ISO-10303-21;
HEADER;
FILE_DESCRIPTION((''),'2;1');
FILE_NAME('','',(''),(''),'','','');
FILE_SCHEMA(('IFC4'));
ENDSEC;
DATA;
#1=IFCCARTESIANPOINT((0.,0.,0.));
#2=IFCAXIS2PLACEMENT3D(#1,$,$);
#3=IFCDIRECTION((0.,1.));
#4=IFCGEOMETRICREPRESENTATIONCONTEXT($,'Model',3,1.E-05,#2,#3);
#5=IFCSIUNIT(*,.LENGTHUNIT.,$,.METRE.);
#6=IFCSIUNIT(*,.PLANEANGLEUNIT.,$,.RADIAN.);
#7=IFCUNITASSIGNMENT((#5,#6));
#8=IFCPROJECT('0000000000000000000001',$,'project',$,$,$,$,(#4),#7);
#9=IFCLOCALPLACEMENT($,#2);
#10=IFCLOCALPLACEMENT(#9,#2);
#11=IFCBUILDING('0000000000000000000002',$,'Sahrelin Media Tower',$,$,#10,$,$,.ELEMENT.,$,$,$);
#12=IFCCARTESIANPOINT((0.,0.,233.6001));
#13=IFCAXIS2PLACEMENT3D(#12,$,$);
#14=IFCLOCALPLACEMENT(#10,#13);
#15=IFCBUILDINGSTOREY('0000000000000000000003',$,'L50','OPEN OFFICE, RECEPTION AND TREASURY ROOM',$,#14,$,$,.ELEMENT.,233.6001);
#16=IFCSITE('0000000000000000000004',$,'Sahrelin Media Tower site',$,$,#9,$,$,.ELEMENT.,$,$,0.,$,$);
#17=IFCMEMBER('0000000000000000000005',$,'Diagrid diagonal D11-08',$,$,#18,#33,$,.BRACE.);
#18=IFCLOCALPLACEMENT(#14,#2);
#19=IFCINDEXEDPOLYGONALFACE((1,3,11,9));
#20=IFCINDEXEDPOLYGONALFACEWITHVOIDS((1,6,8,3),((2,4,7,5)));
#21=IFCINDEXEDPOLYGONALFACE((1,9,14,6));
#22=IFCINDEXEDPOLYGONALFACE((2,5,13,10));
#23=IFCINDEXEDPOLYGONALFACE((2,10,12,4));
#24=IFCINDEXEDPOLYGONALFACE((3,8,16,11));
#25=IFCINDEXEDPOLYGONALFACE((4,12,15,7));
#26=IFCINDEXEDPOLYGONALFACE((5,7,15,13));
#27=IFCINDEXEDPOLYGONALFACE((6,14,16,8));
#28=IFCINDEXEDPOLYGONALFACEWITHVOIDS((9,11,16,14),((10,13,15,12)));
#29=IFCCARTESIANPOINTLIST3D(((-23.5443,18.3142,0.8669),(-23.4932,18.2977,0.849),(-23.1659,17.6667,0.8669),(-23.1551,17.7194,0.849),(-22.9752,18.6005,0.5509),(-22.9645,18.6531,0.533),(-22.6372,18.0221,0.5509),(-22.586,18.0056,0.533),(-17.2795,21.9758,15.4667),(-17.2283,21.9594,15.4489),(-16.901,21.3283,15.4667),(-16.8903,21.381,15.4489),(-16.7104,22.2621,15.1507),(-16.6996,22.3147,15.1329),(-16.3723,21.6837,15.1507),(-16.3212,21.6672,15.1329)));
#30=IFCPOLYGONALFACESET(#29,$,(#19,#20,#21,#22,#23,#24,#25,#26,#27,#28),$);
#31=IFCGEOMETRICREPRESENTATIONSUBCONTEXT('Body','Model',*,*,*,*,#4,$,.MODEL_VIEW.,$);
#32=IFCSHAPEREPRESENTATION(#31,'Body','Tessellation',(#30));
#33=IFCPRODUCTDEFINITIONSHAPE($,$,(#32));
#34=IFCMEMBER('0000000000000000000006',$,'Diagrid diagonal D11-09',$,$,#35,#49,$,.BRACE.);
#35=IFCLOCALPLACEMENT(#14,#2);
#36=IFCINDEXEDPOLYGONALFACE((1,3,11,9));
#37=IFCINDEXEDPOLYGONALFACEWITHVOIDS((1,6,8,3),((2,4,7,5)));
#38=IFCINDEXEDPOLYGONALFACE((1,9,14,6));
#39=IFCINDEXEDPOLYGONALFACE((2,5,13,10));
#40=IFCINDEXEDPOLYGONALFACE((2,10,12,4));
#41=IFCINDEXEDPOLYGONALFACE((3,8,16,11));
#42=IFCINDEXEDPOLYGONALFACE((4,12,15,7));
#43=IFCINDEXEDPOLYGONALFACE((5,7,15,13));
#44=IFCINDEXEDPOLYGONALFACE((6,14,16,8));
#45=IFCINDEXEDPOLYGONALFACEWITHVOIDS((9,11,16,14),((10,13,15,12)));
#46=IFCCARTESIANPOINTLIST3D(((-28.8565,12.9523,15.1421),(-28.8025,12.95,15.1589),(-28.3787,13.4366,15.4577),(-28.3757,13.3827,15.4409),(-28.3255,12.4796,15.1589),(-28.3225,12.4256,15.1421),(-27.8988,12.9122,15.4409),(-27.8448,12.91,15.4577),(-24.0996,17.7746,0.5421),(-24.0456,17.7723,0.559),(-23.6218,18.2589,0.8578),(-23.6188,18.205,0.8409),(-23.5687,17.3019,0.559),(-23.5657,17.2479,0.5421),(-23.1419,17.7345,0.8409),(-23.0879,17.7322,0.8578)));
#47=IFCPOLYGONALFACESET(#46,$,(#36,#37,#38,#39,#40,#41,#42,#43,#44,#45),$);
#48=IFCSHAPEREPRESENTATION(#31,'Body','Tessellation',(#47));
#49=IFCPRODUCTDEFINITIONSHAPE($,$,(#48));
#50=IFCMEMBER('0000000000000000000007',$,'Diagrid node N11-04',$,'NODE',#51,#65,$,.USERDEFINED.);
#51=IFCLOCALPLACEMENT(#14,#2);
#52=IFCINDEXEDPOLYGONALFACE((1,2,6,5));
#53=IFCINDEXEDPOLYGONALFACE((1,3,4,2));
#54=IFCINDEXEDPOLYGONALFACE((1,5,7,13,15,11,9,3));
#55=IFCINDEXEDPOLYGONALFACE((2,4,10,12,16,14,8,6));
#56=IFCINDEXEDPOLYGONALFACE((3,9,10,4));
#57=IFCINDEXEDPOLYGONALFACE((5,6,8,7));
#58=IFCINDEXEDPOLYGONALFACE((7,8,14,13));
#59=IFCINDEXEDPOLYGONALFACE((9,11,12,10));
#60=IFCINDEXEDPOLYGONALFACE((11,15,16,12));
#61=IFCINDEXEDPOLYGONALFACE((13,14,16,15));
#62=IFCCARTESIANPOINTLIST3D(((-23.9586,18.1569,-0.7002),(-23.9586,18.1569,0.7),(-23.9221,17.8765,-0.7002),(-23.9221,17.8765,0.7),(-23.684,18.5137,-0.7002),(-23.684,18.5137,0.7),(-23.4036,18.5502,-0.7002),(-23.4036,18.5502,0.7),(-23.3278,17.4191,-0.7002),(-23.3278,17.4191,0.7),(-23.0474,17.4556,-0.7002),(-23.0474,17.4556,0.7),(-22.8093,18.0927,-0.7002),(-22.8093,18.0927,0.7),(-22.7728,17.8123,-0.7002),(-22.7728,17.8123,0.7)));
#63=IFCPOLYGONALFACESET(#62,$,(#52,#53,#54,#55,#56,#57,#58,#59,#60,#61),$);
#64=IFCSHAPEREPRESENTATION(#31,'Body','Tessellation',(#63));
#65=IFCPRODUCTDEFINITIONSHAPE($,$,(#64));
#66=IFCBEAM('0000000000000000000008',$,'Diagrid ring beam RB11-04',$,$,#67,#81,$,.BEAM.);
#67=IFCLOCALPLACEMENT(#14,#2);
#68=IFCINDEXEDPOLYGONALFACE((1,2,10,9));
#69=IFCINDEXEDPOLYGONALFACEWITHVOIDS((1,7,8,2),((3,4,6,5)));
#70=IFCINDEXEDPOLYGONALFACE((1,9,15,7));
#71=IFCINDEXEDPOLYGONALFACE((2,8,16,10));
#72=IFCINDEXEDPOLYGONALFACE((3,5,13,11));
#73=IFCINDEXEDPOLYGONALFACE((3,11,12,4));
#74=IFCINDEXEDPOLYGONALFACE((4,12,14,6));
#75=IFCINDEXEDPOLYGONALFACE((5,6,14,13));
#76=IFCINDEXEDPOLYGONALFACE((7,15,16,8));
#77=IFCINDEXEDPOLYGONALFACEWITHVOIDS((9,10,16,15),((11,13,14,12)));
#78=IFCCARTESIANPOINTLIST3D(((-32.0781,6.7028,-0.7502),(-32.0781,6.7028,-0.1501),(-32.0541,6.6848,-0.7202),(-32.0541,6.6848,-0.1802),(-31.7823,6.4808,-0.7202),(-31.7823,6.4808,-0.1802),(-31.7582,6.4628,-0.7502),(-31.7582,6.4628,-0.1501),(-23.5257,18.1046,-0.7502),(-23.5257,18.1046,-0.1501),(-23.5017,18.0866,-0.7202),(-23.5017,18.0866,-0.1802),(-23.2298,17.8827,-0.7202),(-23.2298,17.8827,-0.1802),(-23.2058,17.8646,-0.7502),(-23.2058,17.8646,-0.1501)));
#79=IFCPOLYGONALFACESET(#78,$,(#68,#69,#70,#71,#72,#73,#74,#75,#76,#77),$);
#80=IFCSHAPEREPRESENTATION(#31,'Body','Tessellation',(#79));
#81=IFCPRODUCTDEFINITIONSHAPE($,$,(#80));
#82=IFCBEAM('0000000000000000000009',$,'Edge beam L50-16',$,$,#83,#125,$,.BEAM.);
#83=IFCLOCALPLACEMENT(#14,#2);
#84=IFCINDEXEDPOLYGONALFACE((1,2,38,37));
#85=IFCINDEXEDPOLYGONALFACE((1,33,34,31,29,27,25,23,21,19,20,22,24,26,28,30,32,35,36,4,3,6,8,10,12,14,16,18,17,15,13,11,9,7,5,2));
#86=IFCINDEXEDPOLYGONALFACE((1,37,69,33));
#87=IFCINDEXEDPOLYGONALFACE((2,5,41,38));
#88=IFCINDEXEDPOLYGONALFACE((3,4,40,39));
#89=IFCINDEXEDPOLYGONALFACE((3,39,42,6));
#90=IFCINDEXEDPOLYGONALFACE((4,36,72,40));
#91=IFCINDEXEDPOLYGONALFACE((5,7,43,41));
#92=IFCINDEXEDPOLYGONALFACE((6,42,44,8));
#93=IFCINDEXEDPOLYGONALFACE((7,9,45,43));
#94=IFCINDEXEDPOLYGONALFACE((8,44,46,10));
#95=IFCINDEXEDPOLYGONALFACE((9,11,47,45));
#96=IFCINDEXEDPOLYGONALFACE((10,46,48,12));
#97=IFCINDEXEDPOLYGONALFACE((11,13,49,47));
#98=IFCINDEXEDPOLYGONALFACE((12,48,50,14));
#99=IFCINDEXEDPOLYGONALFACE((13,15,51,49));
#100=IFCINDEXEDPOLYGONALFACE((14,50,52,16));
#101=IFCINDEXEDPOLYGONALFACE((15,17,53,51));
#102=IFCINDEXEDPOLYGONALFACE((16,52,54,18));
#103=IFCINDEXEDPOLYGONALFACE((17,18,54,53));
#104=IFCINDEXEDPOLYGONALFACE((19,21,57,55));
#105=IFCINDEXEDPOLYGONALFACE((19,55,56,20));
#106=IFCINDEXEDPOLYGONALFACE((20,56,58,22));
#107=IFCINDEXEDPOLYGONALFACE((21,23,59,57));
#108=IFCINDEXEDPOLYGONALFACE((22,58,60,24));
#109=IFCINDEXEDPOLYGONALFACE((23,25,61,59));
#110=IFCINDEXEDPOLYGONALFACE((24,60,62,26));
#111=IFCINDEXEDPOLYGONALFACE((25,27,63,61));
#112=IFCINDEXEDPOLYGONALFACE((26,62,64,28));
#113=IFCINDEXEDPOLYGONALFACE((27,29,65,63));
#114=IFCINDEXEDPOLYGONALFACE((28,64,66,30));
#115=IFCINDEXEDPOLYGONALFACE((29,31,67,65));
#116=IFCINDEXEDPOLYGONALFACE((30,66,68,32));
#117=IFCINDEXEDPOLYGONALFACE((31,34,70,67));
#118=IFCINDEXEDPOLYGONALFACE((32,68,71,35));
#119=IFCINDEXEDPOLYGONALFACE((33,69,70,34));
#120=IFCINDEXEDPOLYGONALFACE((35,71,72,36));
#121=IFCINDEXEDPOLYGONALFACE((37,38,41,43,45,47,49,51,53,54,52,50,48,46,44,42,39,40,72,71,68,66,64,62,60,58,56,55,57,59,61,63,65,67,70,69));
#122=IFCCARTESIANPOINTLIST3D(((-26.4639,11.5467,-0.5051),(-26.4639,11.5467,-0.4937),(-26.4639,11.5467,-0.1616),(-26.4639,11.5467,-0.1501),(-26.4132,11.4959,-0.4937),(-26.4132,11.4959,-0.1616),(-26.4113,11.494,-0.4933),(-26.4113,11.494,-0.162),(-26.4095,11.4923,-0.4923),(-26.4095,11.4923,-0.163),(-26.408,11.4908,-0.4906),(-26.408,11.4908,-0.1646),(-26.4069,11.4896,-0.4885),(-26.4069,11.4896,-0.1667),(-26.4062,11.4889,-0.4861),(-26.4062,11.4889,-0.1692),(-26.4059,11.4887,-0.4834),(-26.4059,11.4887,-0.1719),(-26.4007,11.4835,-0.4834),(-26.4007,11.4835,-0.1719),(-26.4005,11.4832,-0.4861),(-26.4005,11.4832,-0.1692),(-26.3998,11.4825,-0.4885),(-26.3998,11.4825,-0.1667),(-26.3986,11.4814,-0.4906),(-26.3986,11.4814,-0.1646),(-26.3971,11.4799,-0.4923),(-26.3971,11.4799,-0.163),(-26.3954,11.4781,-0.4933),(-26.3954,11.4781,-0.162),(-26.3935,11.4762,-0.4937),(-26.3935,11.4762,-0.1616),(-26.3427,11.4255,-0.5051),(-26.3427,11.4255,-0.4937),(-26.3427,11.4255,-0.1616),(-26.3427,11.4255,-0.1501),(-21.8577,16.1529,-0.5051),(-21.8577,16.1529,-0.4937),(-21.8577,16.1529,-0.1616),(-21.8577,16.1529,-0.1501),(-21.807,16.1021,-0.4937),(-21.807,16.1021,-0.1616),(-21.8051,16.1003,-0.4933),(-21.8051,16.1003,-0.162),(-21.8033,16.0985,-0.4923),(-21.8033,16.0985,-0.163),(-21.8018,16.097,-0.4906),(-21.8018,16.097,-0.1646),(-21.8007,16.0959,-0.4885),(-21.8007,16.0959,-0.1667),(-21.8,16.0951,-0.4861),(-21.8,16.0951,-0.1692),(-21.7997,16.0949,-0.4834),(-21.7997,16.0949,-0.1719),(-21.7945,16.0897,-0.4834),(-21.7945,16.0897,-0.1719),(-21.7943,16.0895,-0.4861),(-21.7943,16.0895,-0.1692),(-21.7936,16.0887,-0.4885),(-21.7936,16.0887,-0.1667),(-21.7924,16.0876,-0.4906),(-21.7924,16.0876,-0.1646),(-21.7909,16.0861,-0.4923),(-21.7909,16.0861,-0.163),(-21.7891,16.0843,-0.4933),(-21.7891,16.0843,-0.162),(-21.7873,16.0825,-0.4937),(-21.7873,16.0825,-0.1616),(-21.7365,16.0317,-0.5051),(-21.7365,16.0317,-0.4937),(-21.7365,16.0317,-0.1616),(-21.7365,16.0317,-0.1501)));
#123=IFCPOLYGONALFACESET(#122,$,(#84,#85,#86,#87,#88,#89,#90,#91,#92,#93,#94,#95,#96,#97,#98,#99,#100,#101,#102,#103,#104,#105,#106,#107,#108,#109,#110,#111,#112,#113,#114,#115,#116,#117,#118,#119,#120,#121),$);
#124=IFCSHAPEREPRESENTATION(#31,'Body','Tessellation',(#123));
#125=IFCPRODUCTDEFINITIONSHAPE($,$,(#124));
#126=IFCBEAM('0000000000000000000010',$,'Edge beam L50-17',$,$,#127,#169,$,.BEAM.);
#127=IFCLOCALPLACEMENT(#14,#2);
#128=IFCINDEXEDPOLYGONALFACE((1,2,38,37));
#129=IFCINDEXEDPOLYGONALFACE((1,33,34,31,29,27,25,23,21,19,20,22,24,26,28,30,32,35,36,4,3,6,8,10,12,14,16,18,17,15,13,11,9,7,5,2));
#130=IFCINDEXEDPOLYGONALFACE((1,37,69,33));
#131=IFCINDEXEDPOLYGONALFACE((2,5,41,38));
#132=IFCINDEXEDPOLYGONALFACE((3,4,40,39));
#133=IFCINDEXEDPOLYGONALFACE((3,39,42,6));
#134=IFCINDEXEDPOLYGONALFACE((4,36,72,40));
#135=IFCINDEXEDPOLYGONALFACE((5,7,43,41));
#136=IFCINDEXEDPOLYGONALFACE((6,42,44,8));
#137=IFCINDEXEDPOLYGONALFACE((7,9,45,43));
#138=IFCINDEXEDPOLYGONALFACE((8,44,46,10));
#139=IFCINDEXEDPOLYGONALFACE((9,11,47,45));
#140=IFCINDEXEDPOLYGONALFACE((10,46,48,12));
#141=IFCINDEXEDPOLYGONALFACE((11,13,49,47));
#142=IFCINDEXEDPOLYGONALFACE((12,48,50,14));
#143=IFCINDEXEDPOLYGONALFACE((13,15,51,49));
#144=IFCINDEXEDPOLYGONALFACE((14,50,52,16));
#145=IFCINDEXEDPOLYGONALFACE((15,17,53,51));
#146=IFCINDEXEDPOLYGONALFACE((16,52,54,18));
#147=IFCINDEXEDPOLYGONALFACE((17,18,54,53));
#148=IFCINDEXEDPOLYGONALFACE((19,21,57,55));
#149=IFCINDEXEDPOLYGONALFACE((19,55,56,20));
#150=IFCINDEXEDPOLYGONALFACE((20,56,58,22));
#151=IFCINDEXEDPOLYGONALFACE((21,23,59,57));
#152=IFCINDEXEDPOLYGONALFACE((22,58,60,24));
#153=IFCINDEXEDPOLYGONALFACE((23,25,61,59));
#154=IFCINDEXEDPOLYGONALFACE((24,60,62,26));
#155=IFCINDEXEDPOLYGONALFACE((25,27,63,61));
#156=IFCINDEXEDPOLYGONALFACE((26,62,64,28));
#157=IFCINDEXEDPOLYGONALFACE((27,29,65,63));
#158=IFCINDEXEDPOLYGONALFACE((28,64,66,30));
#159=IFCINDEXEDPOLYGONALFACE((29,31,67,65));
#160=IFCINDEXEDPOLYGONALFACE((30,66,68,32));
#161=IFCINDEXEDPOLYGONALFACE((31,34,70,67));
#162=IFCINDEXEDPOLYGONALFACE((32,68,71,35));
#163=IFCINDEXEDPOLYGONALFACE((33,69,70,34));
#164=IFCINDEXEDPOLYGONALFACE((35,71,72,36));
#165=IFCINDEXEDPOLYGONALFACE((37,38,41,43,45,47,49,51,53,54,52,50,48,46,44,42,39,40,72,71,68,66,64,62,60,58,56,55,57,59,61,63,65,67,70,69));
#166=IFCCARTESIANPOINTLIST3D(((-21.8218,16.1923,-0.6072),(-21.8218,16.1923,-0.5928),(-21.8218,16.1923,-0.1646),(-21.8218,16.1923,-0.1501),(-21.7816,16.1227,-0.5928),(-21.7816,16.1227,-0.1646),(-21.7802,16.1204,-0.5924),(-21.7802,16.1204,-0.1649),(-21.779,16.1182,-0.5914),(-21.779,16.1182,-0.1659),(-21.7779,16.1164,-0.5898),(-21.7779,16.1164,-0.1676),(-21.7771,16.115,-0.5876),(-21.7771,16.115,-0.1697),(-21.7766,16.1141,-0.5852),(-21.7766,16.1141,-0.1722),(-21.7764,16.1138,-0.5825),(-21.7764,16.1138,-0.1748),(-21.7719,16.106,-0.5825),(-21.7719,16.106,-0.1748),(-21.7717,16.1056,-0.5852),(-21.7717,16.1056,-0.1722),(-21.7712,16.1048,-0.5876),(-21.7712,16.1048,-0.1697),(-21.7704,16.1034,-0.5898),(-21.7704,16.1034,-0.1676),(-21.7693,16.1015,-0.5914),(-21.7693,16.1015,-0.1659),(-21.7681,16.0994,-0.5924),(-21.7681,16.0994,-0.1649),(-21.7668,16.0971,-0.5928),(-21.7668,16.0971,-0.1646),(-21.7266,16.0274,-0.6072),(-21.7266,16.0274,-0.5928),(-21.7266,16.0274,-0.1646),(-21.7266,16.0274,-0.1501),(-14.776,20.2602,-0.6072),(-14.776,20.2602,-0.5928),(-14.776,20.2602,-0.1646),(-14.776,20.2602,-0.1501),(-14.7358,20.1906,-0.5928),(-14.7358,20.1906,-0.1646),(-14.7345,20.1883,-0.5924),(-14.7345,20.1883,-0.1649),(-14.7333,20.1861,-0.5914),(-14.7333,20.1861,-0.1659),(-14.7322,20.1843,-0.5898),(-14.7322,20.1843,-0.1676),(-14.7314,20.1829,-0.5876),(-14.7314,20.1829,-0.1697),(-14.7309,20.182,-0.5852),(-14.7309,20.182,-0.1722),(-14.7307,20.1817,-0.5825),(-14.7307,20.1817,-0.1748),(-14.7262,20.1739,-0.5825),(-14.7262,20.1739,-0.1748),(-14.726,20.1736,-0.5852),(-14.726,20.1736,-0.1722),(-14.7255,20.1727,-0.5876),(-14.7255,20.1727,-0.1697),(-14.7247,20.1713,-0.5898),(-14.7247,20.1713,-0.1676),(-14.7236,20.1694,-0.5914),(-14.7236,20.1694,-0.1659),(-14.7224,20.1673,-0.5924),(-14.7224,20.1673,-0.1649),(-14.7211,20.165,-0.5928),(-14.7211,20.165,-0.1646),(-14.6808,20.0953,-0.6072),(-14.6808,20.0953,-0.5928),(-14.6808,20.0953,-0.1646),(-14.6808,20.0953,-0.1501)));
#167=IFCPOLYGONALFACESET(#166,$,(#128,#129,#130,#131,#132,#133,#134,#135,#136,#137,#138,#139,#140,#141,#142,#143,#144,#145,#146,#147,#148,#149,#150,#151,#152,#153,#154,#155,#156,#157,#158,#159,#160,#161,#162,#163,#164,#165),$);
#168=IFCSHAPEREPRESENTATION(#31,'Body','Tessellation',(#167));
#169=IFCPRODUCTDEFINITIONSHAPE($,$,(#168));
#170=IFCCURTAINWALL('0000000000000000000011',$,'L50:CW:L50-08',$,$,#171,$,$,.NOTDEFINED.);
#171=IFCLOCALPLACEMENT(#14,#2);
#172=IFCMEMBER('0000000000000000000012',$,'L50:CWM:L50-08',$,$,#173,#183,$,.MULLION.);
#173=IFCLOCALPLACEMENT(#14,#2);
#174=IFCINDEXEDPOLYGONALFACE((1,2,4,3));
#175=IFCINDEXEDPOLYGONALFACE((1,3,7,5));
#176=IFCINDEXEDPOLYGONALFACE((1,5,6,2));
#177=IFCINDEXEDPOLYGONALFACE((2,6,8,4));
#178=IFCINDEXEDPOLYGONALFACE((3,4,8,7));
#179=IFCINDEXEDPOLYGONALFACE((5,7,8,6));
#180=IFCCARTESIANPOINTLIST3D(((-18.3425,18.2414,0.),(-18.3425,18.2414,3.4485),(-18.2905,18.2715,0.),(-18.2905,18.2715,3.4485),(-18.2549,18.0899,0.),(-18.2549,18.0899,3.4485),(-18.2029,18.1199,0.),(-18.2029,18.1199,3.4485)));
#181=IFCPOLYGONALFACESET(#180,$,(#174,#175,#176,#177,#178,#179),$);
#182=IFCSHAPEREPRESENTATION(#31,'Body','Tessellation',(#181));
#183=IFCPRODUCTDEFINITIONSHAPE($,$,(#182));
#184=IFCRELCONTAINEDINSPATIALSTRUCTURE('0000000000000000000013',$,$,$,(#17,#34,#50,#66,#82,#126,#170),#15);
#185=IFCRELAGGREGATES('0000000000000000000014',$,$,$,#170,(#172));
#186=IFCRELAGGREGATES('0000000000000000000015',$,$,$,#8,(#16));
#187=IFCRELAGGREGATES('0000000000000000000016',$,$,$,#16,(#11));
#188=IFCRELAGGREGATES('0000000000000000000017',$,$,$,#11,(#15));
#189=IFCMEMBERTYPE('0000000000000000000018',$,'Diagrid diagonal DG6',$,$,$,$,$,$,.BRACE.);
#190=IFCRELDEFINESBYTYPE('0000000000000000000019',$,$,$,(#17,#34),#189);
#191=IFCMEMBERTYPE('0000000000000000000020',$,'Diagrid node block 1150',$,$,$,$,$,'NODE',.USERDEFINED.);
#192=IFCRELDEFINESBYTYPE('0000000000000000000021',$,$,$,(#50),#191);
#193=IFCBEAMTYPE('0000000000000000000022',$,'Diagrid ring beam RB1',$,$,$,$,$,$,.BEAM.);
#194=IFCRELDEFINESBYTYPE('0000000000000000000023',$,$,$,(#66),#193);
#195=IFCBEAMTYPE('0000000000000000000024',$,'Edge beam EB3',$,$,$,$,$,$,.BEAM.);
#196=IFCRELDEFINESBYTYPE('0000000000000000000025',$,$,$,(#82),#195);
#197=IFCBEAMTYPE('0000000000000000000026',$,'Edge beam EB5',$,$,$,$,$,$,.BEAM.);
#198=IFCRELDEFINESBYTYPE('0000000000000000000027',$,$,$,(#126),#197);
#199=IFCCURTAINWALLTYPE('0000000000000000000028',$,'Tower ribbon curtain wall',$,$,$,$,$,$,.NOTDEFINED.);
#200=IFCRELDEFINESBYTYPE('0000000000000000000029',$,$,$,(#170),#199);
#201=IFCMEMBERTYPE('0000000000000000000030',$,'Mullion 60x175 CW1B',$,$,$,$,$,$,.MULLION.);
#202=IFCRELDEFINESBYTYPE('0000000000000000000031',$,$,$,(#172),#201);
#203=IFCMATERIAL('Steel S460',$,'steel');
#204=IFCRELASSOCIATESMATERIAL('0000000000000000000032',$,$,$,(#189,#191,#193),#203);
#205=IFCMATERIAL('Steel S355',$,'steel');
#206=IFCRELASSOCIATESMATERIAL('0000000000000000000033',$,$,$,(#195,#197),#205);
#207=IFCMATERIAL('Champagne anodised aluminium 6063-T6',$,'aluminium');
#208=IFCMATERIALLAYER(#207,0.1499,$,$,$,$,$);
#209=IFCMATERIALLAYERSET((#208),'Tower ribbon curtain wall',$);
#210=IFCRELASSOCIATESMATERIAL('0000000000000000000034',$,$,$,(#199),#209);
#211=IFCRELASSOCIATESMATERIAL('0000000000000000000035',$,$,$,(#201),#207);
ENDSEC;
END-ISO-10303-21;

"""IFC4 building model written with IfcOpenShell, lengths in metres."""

from ifc_helpers import new_model, si_unit, direction, frame, origin, origin_2d, place, context, subcontext, project, spatial, polyline, rectangle, hollow_rectangle, i_section, outline, extrude, material, layer, layer_set, material_profile, profile_set, type_object, element, aggregate, save


model = new_model("IFC4")

# Units and contexts
model_context = context("Model", 3, precision=1e-05, world=origin(), true_north=direction((0.0, 1.0)))
body_context = subcontext(model_context, "Body", "Model", "MODEL_VIEW")
ifc_project = project(units=[si_unit("LENGTHUNIT", "METRE"), si_unit("PLANEANGLEUNIT", "RADIAN")], contexts=[model_context])

# Site, building, storey
site_placement = place(None, origin())
site = spatial("IfcSite", under=ifc_project, at=site_placement, Name="Sahrelin Media Tower site", CompositionType="ELEMENT", RefElevation=0.0)
building_placement = place(site_placement, origin())
building = spatial("IfcBuilding", under=site, at=building_placement, Name="Sahrelin Media Tower", CompositionType="ELEMENT")
storey_placement = place(building_placement, frame((0.0, 0.0, 233.6001)))
storey = spatial("IfcBuildingStorey", under=building, at=storey_placement, Name="L50", Description="OPEN OFFICE, RECEPTION AND TREASURY ROOM", CompositionType="ELEMENT", Elevation=233.6001)

# Members
ifc_material_1 = material(Name="Steel S460", Category="steel")
ifc_material_profile_1 = material_profile(ifc_material_1, hollow_rectangle(XDim=0.75, YDim=0.75, WallThickness=0.04, at=origin_2d()), Name="Diagrid diagonal DG6")
ifc_profile_set_1 = profile_set([ifc_material_profile_1], Name="Steel S460")
member_type_1 = type_object("IfcMemberType", Name="Diagrid diagonal DG6", PredefinedType="BRACE", material=ifc_profile_set_1)
member_1_placement = place(storey_placement, frame((-23.0652, 18.1599, 0.7), z_axis=(0.384261, 0.224588, 0.895491), x_axis=(-0.504601, 0.863353, 0.0)))
element("IfcMember", 1, at=member_1_placement, inside=storey, type_object=member_type_1, Name="Diagrid diagonal D11-08", PredefinedType="BRACE", context=body_context, shape_type="SweptSolid", body=[
    extrude(hollow_rectangle(XDim=0.75, YDim=0.75, WallThickness=0.04, at=origin_2d()), origin(), (0.0, 0.0, 1.0), 16.3037),
])
member_2_placement = place(storey_placement, frame((-23.5938, 17.7534, 0.7), z_axis=(-0.295554, -0.299619, 0.907125), x_axis=(0.71192, -0.702261, 0.0)))
element("IfcMember", 2, at=member_2_placement, inside=storey, type_object=member_type_1, Name="Diagrid diagonal D11-09", PredefinedType="BRACE", context=body_context, shape_type="SweptSolid", body=[
    extrude(hollow_rectangle(XDim=0.75, YDim=0.75, WallThickness=0.04, at=origin_2d()), origin(), (0.0, 0.0, 1.0), 16.0947),
])
ifc_material_profile_2 = material_profile(ifc_material_1, outline(polyline([(0.375, -0.425), (0.575, -0.2251), (0.575, 0.2251), (0.375, 0.425), (-0.375, 0.425), (-0.575, 0.2251), (-0.575, -0.2251), (-0.375, -0.425), (0.375, -0.425)])), Name="Diagrid node block 1150")
ifc_profile_set_2 = profile_set([ifc_material_profile_2], Name="Steel S460")
member_type_2 = type_object("IfcMemberType", Name="Diagrid node block 1150", ElementType="NODE", PredefinedType="USERDEFINED", material=ifc_profile_set_2)
member_3_placement = place(storey_placement, frame((-23.3657, 17.9846, -0.7002), z_axis=(0.0, 0.0, 1.0), x_axis=(-0.792445, 0.609943, 0.0)))
element("IfcMember", 3, at=member_3_placement, inside=storey, type_object=member_type_2, Name="Diagrid node N11-04", ObjectType="NODE", PredefinedType="USERDEFINED", context=body_context, shape_type="SweptSolid", body=[
    extrude(outline(polyline([(0.375, -0.425), (0.575, -0.2251), (0.575, 0.2251), (0.375, 0.425), (-0.375, 0.425), (-0.575, 0.2251), (-0.575, -0.2251), (-0.375, -0.425), (0.375, -0.425)])), origin(), (0.0, 0.0, 1.0), 1.4001),
])

# Beams
ifc_material_profile_3 = material_profile(ifc_material_1, hollow_rectangle(XDim=0.3999, YDim=0.6001, WallThickness=0.03, at=origin_2d()), Name="Diagrid ring beam RB1")
ifc_profile_set_3 = profile_set([ifc_material_profile_3], Name="Steel S460")
beam_type_1 = type_object("IfcBeamType", Name="Diagrid ring beam RB1", PredefinedType="BEAM", material=ifc_profile_set_3)
beam_1_placement = place(storey_placement, frame((-23.3657, 17.9846, -0.4502), z_axis=(-0.600049, -0.799963, 0.0), x_axis=(0.799963, -0.600049, 0.0)))
element("IfcBeam", 4, at=beam_1_placement, inside=storey, type_object=beam_type_1, Name="Diagrid ring beam RB11-04", PredefinedType="BEAM", context=body_context, shape_type="SweptSolid", body=[
    extrude(hollow_rectangle(XDim=0.3999, YDim=0.6001, WallThickness=0.03, at=origin_2d()), origin(), (0.0, 0.0, 1.0), 14.2529),
])
ifc_material_2 = material(Name="Steel S355", Category="steel")
ifc_material_profile_4 = material_profile(ifc_material_2, i_section(OverallWidth=0.1714, OverallDepth=0.355, WebThickness=0.0073, FlangeThickness=0.0115, FilletRadius=0.0103, at=origin_2d()), Name="UB 356x171x51")
ifc_profile_set_4 = profile_set([ifc_material_profile_4], Name="Steel S355")
beam_type_2 = type_object("IfcBeamType", Name="Edge beam EB3", PredefinedType="BEAM", material=ifc_profile_set_4)
beam_2_placement = place(storey_placement, frame((-26.4033, 11.4861, -0.3276), z_axis=(0.707107, 0.707107, 0.0), x_axis=(-0.707107, 0.707107, 0.0)))
element("IfcBeam", 5, at=beam_2_placement, inside=storey, type_object=beam_type_2, Name="Edge beam L50-16", PredefinedType="BEAM", context=body_context, shape_type="SweptSolid", body=[
    extrude(i_section(OverallWidth=0.1714, OverallDepth=0.355, WebThickness=0.0073, FlangeThickness=0.0115, FilletRadius=0.0103, at=origin_2d()), origin(), (0.0, 0.0, 1.0), 6.5142),
])
ifc_material_profile_5 = material_profile(ifc_material_2, i_section(OverallWidth=0.1904, OverallDepth=0.457, WebThickness=0.009, FlangeThickness=0.0144, FilletRadius=0.0103, at=origin_2d()), Name="UB 457x191x74")
ifc_profile_set_5 = profile_set([ifc_material_profile_5], Name="Steel S355")
beam_type_3 = type_object("IfcBeamType", Name="Edge beam EB5", PredefinedType="BEAM", material=ifc_profile_set_5)
beam_3_placement = place(storey_placement, frame((-21.7742, 16.1099, -0.3787), z_axis=(0.866022, 0.500006, 0.0), x_axis=(-0.500006, 0.866022, 0.0)))
element("IfcBeam", 6, at=beam_3_placement, inside=storey, type_object=beam_type_3, Name="Edge beam L50-17", PredefinedType="BEAM", context=body_context, shape_type="SweptSolid", body=[
    extrude(i_section(OverallWidth=0.1904, OverallDepth=0.457, WebThickness=0.009, FlangeThickness=0.0144, FilletRadius=0.0103, at=origin_2d()), origin(), (0.0, 0.0, 1.0), 8.1357),
])

# Curtain wall, member
ifc_material_3 = material(Name="Champagne anodised aluminium 6063-T6", Category="aluminium")
ifc_layer_1 = layer(ifc_material_3, 0.1499)
ifc_layer_set_1 = layer_set([ifc_layer_1], Name="Tower ribbon curtain wall")
curtain_wall_type = type_object("IfcCurtainWallType", Name="Tower ribbon curtain wall", PredefinedType="NOTDEFINED", material=ifc_layer_set_1)
curtain_wall_1_placement = place(storey_placement, frame((-18.3264, 18.2737, 0.0), z_axis=(0.0, 0.0, 1.0), x_axis=(1.0, 0.0, 0.0)))
curtain_wall_1 = element("IfcCurtainWall", 7, at=curtain_wall_1_placement, inside=storey, type_object=curtain_wall_type, Name="L50:CW:L50-08", PredefinedType="NOTDEFINED")
ifc_material_profile_6 = material_profile(ifc_material_3, rectangle(XDim=0.0601, YDim=0.175, at=origin_2d()), Name="Mullion 60x175")
ifc_profile_set_6 = profile_set([ifc_material_profile_6], Name="Champagne anodised aluminium 6063-T6")
member_type_3 = type_object("IfcMemberType", Name="Mullion 60x175 CW1B", PredefinedType="MULLION", material=ifc_profile_set_6)
member_4_placement = place(storey_placement, frame((-18.2727, 18.1807, 0.0), z_axis=(0.0, 0.0, 1.0), x_axis=(-0.866027, -0.499997, 0.0)))
member_4 = element("IfcMember", 8, at=member_4_placement, type_object=member_type_3, Name="L50:CWM:L50-08", PredefinedType="MULLION", context=body_context, shape_type="SweptSolid", body=[
    extrude(rectangle(XDim=0.0601, YDim=0.175, at=origin_2d()), origin(), (0.0, 0.0, 1.0), 3.4485),
])

aggregate(curtain_wall_1, [member_4])

save(model, "model.ifc")
